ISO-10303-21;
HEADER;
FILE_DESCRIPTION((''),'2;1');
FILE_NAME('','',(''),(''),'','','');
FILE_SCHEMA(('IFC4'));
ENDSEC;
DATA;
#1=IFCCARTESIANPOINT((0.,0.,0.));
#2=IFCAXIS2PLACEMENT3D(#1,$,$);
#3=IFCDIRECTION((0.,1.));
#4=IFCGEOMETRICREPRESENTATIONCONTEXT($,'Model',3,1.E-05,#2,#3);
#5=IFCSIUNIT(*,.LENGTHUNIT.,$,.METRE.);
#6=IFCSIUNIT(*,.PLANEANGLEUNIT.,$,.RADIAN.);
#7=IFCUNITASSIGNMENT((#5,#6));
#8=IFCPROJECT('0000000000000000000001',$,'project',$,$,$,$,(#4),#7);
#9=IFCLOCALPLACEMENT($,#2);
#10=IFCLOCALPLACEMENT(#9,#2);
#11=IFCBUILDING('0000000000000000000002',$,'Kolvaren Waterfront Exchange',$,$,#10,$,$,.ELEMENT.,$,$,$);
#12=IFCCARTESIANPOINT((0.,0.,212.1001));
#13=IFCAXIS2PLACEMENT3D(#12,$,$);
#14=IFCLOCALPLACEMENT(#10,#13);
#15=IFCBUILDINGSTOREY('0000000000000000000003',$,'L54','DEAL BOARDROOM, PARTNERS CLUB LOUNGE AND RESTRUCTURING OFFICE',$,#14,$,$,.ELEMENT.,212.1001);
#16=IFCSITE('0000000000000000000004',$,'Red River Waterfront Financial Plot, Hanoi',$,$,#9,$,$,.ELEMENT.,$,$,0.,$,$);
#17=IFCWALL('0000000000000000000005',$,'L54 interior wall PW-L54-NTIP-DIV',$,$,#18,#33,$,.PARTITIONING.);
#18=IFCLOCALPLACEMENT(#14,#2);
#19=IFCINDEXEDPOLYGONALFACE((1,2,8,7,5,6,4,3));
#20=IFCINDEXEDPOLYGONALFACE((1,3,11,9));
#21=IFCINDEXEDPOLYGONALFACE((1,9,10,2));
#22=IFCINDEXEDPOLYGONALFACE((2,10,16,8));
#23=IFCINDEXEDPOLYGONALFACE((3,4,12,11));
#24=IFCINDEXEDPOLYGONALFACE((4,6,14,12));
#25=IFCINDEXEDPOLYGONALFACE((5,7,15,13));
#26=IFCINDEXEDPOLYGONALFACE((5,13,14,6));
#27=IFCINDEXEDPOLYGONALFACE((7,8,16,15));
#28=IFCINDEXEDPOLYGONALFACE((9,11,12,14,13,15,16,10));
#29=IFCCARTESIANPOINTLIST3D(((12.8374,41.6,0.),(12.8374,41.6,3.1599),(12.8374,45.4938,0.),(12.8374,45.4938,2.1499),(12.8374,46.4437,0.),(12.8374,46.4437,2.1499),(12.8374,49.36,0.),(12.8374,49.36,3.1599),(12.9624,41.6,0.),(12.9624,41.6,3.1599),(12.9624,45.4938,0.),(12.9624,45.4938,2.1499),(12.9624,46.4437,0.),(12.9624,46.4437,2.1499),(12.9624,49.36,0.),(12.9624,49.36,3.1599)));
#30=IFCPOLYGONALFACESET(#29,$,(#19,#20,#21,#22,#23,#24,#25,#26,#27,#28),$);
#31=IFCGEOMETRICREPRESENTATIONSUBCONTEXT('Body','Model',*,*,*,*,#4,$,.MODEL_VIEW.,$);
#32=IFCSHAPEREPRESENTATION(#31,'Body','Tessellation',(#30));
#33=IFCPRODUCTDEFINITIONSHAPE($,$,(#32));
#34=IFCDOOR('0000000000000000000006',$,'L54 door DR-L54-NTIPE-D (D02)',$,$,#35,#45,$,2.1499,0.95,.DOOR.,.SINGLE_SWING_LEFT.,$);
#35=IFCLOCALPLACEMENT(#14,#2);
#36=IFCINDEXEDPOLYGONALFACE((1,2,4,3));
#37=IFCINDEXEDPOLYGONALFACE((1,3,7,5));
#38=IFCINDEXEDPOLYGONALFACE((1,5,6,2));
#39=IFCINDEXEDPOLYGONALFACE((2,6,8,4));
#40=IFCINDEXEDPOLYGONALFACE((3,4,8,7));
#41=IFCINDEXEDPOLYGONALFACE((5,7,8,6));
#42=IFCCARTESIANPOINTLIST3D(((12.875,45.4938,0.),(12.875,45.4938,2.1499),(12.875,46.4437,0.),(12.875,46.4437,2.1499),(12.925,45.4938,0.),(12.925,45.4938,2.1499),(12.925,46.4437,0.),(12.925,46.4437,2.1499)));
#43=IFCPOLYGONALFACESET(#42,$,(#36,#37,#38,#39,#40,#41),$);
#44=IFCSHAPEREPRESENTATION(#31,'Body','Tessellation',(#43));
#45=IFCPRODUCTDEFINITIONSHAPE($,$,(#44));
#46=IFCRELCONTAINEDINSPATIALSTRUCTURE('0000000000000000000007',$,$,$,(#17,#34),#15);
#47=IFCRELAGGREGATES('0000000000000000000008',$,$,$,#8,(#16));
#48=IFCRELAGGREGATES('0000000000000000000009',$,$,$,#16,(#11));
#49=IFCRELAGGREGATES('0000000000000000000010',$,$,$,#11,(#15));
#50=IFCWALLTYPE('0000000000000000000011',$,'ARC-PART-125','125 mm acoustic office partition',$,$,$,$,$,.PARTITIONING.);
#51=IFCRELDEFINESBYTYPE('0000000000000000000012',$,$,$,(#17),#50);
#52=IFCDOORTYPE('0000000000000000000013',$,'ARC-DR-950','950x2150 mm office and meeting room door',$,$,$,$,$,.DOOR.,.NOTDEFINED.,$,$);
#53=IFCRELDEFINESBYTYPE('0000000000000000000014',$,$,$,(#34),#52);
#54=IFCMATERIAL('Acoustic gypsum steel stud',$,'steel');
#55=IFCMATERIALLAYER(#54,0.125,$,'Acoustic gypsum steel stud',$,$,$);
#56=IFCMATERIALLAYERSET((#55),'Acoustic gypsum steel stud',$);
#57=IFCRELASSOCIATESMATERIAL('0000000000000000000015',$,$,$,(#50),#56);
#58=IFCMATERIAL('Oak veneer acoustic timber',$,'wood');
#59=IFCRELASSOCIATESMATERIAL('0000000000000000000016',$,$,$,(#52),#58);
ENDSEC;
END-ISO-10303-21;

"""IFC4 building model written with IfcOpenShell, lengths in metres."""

from ifc_helpers import new_model, si_unit, direction, frame, frame_2d, origin, place, context, subcontext, project, spatial, rectangle, extrude, material, layer, layer_set, type_object, element, fill, save


model = new_model("IFC4")

# Units and contexts
model_context = context("Model", 3, precision=1e-05, world=origin(), true_north=direction((0.0, 1.0)))
body_context = subcontext(model_context, "Body", "Model", "MODEL_VIEW")
ifc_project = project(units=[si_unit("LENGTHUNIT", "METRE"), si_unit("PLANEANGLEUNIT", "RADIAN")], contexts=[model_context])

# Site, building, storey
site_placement = place(None, origin())
site = spatial("IfcSite", under=ifc_project, at=site_placement, Name="Red River Waterfront Financial Plot, Hanoi", CompositionType="ELEMENT", RefElevation=0.0)
building_placement = place(site_placement, origin())
building = spatial("IfcBuilding", under=site, at=building_placement, Name="Kolvaren Waterfront Exchange", CompositionType="ELEMENT")
storey_placement = place(building_placement, frame((0.0, 0.0, 212.1001)))
storey = spatial("IfcBuildingStorey", under=building, at=storey_placement, Name="L54", Description="DEAL BOARDROOM, PARTNERS CLUB LOUNGE AND RESTRUCTURING OFFICE", CompositionType="ELEMENT", Elevation=212.1001)

# Wall, opening, door
ifc_material_1 = material(Name="Acoustic gypsum steel stud", Category="steel")
ifc_layer_1 = layer(ifc_material_1, 0.125, Name="Acoustic gypsum steel stud")
ifc_layer_set_1 = layer_set([ifc_layer_1], Name="Acoustic gypsum steel stud")
wall_type_1 = type_object("IfcWallType", Name="ARC-PART-125", Description="125 mm acoustic office partition", PredefinedType="PARTITIONING", material=ifc_layer_set_1)
wall_1_placement = place(storey_placement, frame((12.8999, 41.6001, 0.0), z_axis=(0.0, 0.0, 1.0), x_axis=(0.0, 1.0, 0.0)))
wall_1 = element("IfcWall", 1, at=wall_1_placement, inside=storey, type_object=wall_type_1, Name="L54 interior wall PW-L54-NTIP-DIV", PredefinedType="PARTITIONING", context=body_context, shape_type="SweptSolid", body=[
    extrude(rectangle(XDim=7.76, YDim=0.125, at=frame_2d((3.8799, 0.0))), origin(), (0.0, 0.0, 1.0), 3.1599),
])
opening_1_placement = place(wall_1_placement, frame((3.8936, 0.0, 0.0)))
opening_1 = element("IfcOpeningElement", 2, at=opening_1_placement, cuts=wall_1, PredefinedType="OPENING", context=body_context, shape_type="SweptSolid", body=[
    extrude(rectangle(XDim=0.95, YDim=2.1499, at=frame_2d((0.4751, 1.075))), frame((0.0, 0.0725, 0.0), z_axis=(0.0, -1.0, 0.0), x_axis=(1.0, 0.0, 0.0)), (0.0, 0.0, 1.0), 0.145),
])
ifc_material_2 = material(Name="Oak veneer acoustic timber", Category="wood")
door_type_1 = type_object("IfcDoorType", Name="ARC-DR-950", Description="950x2150 mm office and meeting room door", OperationType="NOTDEFINED", PredefinedType="DOOR", material=ifc_material_2)
door_1_placement = place(opening_1_placement, origin())
door_1 = element("IfcDoor", 3, at=door_1_placement, inside=storey, type_object=door_type_1, Name="L54 door DR-L54-NTIPE-D (D02)", OperationType="SINGLE_SWING_LEFT", OverallHeight=2.1499, OverallWidth=0.95, PredefinedType="DOOR", context=body_context, shape_type="SweptSolid", body=[
    extrude(rectangle(XDim=0.95, YDim=2.1499, at=frame_2d((0.4751, 1.075))), frame((0.0, 0.0249, 0.0), z_axis=(0.0, -1.0, 0.0), x_axis=(1.0, 0.0, 0.0)), (0.0, 0.0, 1.0), 0.05),
])
fill(opening_1, door_1)

save(model, "model.ifc")
